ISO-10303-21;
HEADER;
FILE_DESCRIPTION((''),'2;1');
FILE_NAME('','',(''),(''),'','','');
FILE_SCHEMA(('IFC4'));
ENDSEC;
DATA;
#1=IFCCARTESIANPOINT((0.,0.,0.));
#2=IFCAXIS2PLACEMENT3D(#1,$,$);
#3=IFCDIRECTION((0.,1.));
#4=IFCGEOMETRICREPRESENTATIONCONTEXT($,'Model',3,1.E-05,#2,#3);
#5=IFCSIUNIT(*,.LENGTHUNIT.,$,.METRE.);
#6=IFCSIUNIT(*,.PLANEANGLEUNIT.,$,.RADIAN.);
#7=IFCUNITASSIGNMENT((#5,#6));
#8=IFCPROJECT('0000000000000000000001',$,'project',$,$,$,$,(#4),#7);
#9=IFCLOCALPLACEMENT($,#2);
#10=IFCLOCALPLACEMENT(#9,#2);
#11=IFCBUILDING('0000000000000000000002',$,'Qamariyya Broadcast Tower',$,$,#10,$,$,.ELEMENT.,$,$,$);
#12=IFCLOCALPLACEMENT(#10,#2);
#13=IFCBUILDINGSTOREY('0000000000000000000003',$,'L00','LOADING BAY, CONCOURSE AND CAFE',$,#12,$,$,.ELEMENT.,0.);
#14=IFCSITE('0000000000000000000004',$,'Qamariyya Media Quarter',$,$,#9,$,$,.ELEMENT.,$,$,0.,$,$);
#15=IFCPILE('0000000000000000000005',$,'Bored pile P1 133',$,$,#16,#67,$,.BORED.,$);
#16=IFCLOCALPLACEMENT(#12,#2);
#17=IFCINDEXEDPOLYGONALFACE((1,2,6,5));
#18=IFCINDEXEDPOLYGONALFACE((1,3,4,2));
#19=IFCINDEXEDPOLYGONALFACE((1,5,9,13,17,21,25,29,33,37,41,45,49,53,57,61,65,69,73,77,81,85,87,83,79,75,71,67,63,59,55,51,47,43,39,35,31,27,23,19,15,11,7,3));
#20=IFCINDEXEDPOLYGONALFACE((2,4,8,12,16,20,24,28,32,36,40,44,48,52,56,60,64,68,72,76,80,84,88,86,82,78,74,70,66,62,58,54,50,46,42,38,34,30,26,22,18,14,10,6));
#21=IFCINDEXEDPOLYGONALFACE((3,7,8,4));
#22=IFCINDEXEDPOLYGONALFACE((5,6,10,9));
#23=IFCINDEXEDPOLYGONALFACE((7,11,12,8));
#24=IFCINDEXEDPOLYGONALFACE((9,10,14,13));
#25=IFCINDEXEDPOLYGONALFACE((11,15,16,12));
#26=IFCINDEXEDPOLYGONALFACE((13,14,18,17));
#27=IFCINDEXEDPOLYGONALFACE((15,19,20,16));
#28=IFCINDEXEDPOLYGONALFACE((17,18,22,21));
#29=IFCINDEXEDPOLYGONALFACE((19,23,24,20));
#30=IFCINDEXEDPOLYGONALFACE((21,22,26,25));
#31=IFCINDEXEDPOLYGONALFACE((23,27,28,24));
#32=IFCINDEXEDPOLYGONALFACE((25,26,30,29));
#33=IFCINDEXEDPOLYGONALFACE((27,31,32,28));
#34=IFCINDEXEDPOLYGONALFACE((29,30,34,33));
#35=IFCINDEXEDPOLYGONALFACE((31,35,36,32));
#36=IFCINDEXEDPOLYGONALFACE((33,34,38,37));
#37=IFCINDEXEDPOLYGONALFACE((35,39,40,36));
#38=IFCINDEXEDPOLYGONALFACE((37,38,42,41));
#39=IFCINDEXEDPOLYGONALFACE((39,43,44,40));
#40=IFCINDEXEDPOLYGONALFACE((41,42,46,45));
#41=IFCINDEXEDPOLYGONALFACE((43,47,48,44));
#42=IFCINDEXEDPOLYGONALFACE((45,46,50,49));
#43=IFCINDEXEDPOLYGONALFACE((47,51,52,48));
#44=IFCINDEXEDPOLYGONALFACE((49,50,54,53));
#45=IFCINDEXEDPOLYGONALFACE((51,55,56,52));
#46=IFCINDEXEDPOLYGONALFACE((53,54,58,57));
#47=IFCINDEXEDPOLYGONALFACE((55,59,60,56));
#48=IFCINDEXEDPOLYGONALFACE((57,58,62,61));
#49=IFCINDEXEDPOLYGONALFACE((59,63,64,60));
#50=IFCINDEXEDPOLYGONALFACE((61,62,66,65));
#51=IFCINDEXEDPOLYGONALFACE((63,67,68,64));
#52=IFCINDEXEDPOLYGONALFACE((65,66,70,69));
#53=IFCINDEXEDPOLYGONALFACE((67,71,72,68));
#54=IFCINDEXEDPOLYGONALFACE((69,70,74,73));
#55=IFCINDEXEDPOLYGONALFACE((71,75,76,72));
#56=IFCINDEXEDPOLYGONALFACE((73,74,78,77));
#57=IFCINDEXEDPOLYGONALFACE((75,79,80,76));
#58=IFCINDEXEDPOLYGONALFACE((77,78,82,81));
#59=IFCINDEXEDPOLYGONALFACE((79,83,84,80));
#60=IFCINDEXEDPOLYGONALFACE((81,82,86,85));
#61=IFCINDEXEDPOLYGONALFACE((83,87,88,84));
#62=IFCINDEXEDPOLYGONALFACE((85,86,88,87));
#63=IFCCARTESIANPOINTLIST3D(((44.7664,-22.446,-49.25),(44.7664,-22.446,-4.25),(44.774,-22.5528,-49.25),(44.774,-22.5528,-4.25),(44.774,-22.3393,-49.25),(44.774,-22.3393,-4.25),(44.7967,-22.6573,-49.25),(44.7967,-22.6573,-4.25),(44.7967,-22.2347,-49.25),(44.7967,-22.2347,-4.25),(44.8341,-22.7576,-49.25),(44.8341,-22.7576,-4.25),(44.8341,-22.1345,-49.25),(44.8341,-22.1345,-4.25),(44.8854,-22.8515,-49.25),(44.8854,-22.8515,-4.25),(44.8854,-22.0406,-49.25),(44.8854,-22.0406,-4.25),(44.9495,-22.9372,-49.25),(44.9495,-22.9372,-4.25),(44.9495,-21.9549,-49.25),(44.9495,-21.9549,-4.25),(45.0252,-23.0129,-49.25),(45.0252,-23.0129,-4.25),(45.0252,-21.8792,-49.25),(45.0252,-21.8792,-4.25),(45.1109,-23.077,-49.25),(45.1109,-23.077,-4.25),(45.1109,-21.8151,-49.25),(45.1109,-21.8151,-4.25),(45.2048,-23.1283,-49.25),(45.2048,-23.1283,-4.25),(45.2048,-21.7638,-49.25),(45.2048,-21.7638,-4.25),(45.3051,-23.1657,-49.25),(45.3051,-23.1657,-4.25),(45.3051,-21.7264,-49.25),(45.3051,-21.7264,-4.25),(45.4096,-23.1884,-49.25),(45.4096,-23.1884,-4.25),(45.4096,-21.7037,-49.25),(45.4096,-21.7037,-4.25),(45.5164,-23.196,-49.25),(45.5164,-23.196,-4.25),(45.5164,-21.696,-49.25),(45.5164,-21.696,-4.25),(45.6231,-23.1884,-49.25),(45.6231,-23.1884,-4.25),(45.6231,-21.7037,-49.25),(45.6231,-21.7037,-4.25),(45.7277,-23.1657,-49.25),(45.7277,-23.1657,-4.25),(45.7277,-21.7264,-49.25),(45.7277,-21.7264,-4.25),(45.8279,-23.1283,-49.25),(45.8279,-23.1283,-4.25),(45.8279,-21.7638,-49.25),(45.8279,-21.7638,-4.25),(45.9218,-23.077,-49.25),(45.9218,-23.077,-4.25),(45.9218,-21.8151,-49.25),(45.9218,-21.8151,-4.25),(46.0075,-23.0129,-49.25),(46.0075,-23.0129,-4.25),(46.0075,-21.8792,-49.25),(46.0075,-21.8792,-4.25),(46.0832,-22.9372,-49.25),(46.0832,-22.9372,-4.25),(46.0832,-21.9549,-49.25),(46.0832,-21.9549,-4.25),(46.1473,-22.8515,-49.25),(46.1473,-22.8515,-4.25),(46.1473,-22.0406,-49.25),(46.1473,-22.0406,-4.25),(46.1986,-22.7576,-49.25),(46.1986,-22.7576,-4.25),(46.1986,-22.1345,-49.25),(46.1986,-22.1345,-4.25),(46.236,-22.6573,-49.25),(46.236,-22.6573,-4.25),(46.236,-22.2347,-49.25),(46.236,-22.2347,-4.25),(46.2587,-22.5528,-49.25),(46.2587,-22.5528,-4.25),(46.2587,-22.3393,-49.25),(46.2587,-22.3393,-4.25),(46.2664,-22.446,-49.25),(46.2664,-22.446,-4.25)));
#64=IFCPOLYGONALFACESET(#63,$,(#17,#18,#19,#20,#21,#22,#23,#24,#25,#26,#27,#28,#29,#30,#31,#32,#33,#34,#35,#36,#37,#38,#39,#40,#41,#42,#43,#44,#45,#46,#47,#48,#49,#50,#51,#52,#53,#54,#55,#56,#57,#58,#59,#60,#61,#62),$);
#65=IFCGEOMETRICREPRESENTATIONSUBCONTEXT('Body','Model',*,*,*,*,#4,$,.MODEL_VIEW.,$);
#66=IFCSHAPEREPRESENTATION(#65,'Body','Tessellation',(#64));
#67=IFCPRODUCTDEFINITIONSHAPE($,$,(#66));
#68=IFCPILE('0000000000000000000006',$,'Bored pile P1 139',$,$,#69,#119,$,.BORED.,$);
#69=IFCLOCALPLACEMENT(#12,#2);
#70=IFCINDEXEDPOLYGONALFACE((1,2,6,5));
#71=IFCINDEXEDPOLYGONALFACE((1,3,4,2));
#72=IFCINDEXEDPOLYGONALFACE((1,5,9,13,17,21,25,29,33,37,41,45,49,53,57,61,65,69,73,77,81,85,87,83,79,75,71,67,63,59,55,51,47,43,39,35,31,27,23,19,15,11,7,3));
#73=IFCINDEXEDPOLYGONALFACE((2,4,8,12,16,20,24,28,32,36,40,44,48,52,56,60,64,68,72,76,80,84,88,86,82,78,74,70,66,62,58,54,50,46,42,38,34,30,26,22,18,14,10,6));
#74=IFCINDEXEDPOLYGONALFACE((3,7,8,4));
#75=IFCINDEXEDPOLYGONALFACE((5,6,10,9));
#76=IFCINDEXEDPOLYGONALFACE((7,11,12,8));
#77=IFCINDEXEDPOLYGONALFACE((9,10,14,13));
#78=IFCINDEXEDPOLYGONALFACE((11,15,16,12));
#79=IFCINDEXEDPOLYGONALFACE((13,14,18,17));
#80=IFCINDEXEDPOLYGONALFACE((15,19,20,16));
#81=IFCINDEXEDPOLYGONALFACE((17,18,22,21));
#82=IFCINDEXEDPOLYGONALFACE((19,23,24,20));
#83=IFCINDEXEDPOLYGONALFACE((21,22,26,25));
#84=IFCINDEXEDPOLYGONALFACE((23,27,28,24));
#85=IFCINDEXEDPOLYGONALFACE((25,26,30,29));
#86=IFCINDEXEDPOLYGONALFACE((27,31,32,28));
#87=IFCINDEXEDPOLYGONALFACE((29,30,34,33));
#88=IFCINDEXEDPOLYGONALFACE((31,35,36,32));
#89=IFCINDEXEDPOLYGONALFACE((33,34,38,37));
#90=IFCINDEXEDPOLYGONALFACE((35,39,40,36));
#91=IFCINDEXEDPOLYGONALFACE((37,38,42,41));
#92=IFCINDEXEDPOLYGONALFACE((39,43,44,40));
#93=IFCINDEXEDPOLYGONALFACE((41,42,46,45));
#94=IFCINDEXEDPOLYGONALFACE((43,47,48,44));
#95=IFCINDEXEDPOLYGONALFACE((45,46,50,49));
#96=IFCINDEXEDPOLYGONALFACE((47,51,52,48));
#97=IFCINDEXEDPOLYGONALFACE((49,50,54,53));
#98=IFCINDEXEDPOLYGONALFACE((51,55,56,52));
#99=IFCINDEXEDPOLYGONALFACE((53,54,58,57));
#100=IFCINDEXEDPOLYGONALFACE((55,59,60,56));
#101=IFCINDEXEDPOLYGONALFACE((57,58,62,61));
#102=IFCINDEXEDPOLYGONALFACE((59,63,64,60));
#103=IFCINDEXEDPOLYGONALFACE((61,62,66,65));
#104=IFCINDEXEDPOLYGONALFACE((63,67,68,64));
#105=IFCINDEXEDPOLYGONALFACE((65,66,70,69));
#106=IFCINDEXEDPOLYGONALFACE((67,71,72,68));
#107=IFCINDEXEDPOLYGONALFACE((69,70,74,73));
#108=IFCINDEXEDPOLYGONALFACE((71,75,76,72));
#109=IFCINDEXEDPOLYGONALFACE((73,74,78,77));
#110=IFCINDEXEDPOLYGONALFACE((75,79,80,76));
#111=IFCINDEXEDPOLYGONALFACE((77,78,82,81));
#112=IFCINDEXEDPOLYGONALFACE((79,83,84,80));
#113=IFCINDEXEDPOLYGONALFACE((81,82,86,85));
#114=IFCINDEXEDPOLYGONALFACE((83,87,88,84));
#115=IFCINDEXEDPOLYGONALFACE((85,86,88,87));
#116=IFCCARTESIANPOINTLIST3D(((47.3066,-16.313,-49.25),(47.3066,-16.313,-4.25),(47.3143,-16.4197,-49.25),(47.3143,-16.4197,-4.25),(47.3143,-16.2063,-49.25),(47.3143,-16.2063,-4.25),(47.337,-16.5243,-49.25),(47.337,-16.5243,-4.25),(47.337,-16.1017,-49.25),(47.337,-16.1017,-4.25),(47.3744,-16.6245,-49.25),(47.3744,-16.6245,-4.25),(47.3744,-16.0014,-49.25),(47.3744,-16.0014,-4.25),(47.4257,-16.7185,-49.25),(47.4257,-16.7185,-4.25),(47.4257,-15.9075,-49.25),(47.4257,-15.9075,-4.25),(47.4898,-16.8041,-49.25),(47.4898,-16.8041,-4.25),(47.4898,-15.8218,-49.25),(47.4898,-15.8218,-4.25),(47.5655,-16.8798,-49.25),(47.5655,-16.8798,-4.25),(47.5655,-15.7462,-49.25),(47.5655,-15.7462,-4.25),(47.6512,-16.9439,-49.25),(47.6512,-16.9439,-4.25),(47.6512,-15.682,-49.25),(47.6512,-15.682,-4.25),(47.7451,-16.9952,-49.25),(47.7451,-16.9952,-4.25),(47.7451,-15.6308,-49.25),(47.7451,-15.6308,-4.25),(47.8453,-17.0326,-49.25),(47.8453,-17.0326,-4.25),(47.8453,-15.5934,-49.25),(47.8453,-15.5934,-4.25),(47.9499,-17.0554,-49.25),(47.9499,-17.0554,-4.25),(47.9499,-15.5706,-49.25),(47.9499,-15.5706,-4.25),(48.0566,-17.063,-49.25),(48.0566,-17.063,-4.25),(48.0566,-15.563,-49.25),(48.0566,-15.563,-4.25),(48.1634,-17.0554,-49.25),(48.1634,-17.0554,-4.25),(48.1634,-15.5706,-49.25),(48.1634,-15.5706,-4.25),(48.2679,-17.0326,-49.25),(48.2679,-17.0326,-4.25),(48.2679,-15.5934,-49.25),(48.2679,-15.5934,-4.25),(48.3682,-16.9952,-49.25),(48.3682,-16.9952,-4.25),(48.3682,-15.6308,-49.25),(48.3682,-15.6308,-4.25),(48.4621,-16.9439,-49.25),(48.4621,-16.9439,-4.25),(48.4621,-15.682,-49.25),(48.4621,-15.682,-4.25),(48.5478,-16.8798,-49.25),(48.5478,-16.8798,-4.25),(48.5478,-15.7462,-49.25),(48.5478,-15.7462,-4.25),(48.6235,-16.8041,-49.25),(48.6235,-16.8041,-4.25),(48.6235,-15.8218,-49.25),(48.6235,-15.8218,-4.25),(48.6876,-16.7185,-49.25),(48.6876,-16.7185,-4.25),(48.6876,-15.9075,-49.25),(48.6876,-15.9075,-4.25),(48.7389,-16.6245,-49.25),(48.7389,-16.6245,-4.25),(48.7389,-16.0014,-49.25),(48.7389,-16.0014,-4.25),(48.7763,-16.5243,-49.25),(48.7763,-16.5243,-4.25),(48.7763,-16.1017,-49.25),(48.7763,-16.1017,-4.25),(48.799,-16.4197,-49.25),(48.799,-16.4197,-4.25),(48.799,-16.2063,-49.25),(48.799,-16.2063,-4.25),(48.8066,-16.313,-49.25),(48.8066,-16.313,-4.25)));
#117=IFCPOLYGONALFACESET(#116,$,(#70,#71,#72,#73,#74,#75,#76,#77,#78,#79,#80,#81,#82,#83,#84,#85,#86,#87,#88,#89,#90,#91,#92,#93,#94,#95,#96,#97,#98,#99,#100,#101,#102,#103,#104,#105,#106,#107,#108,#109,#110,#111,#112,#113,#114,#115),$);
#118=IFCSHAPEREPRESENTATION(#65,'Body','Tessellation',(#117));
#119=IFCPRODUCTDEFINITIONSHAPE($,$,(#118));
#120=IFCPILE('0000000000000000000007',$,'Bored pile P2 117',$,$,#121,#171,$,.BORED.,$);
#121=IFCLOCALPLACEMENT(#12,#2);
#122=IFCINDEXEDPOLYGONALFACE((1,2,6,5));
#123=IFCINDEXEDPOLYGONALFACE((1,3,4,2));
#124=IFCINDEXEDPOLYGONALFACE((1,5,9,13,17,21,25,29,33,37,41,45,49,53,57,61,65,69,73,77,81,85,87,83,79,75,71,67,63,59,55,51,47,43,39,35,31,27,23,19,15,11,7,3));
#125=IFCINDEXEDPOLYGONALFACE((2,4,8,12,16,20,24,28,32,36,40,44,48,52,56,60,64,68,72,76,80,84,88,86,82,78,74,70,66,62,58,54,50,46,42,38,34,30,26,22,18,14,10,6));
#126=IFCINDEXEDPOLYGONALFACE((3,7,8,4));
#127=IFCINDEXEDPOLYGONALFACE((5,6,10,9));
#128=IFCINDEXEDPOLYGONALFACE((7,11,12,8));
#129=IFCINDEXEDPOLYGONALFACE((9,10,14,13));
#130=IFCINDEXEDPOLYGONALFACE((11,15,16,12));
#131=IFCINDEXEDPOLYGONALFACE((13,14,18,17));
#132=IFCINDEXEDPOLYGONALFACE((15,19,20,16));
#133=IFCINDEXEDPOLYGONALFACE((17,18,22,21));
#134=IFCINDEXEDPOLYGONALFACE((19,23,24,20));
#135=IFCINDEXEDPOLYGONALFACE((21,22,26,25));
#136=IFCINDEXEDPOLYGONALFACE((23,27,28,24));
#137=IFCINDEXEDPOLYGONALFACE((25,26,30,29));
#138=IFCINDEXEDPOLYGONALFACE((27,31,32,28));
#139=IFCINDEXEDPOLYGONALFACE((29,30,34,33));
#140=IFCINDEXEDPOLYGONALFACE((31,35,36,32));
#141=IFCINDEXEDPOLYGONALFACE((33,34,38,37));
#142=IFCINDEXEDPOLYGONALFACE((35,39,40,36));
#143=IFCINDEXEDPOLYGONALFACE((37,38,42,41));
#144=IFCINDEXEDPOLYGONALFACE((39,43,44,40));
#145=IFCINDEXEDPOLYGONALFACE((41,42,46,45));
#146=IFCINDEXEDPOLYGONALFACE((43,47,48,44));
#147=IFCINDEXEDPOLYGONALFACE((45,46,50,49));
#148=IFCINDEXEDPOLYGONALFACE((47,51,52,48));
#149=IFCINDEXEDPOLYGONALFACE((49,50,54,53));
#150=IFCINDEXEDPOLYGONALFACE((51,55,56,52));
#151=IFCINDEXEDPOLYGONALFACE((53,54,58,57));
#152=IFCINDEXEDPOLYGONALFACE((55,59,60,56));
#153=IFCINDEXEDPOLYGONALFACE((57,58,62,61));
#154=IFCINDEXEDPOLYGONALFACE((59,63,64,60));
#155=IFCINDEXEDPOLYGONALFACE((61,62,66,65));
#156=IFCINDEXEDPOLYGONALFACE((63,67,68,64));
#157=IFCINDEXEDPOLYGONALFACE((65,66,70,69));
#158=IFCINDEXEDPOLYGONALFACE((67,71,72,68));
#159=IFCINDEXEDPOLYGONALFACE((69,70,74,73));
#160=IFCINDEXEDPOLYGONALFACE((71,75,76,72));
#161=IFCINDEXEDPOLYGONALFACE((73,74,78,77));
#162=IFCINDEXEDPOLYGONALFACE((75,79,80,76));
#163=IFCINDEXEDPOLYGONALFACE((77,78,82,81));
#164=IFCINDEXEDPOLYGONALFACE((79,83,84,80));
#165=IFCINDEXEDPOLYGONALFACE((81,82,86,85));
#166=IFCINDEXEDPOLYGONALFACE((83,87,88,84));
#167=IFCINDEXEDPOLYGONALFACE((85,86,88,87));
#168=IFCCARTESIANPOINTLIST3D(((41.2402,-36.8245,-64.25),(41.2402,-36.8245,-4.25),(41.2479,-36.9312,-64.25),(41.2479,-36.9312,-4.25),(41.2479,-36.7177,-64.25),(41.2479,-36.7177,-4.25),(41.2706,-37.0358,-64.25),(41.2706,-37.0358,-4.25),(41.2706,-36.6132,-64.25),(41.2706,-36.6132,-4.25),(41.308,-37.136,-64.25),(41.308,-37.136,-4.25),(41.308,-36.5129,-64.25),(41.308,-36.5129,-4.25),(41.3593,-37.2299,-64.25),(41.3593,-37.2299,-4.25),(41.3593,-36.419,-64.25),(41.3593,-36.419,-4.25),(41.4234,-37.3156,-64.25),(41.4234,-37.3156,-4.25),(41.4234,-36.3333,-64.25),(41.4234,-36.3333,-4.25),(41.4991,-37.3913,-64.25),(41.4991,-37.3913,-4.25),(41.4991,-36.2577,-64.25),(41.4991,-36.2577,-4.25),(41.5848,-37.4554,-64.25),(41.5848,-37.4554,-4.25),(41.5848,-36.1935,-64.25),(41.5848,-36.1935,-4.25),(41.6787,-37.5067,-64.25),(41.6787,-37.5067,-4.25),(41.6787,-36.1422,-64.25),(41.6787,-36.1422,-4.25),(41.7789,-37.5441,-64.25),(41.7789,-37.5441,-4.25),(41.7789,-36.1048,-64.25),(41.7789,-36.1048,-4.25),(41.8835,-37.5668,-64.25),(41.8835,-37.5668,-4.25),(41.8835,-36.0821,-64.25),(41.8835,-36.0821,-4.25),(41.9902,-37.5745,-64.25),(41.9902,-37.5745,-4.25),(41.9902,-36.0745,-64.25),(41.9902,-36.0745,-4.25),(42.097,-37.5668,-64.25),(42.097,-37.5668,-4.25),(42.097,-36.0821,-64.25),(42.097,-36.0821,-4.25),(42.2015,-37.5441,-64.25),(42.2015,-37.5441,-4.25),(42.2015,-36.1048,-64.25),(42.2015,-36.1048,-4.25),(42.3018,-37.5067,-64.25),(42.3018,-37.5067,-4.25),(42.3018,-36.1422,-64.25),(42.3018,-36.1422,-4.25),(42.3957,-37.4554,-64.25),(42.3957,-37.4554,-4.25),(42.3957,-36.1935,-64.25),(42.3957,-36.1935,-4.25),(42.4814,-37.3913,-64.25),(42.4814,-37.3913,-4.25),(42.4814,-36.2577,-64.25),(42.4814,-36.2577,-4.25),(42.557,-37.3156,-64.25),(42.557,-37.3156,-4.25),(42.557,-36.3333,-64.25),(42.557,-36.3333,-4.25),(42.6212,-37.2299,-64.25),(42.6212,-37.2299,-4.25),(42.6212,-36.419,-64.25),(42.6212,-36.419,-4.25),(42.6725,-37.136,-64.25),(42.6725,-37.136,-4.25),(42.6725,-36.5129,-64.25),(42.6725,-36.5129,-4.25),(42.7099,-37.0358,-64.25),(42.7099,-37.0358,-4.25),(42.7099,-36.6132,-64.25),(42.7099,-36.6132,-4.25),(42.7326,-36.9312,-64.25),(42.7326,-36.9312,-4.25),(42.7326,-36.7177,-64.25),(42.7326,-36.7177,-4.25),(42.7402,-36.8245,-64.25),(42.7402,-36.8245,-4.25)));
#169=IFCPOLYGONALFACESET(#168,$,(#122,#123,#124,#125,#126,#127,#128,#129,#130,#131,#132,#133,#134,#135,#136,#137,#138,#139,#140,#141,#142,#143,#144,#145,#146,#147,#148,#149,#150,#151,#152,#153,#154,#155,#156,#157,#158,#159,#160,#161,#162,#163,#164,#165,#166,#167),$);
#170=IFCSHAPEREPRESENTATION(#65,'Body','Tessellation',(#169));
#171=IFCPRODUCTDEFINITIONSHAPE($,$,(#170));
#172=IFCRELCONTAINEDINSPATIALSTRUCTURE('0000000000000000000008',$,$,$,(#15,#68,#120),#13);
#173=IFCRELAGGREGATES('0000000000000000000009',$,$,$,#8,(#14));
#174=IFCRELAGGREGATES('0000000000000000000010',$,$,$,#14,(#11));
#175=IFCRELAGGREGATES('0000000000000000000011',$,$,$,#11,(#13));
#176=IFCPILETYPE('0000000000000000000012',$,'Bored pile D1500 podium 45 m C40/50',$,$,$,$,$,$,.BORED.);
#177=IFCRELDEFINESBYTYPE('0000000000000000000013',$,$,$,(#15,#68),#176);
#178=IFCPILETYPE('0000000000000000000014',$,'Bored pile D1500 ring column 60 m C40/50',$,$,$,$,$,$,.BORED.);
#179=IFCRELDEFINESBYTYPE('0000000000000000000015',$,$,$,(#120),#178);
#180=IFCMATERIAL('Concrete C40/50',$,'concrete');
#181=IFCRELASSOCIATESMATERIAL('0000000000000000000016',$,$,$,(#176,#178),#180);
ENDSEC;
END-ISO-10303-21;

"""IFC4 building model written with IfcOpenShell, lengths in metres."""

from ifc_helpers import new_model, si_unit, direction, frame, origin, origin_2d, place, context, subcontext, project, spatial, circle, extrude, material, material_profile, profile_set, type_object, element, save


model = new_model("IFC4")

# Units and contexts
model_context = context("Model", 3, precision=1e-05, world=origin(), true_north=direction((0.0, 1.0)))
body_context = subcontext(model_context, "Body", "Model", "MODEL_VIEW")
ifc_project = project(units=[si_unit("LENGTHUNIT", "METRE"), si_unit("PLANEANGLEUNIT", "RADIAN")], contexts=[model_context])

# Site, building, storey
site_placement = place(None, origin())
site = spatial("IfcSite", under=ifc_project, at=site_placement, Name="Qamariyya Media Quarter", CompositionType="ELEMENT", RefElevation=0.0)
building_placement = place(site_placement, origin())
building = spatial("IfcBuilding", under=site, at=building_placement, Name="Qamariyya Broadcast Tower", CompositionType="ELEMENT")
storey_placement = place(building_placement, origin())
storey = spatial("IfcBuildingStorey", under=building, at=storey_placement, Name="L00", Description="LOADING BAY, CONCOURSE AND CAFE", CompositionType="ELEMENT", Elevation=0.0)

# Piles
ifc_material_1 = material(Name="Concrete C40/50", Category="concrete")
ifc_material_profile_1 = material_profile(ifc_material_1, circle(Radius=0.75, at=origin_2d()))
ifc_profile_set_1 = profile_set([ifc_material_profile_1], Name="Concrete C40/50")
pile_type_1 = type_object("IfcPileType", Name="Bored pile D1500 podium 45 m C40/50", PredefinedType="BORED", material=ifc_profile_set_1)
for number, where, z_axis, x_axis, name in (
    (1, (45.5164, -22.446, -4.25), (0.0, 0.0, -1.0), (1.0, 0.0, 0.0), "Bored pile P1 133"),
    (2, (48.0566, -16.313, -4.25), (0.0, 0.0, -1.0), (1.0, 0.0, 0.0), "Bored pile P1 139"),
):
    element("IfcPile", number, at=place(storey_placement, frame(where, z_axis=z_axis, x_axis=x_axis)), inside=storey, type_object=pile_type_1, Name=name, PredefinedType="BORED", context=body_context, shape_type="SweptSolid", body=[
        extrude(circle(Radius=0.75, at=origin_2d()), origin(), (0.0, 0.0, 1.0), 45.0),
    ])
ifc_material_profile_2 = material_profile(ifc_material_1, circle(Radius=0.75, at=origin_2d()))
ifc_profile_set_2 = profile_set([ifc_material_profile_2], Name="Concrete C40/50")
pile_type_2 = type_object("IfcPileType", Name="Bored pile D1500 ring column 60 m C40/50", PredefinedType="BORED", material=ifc_profile_set_2)
for number, where, z_axis, x_axis, name in (
    (3, (41.9902, -36.8245, -4.25), (0.0, 0.0, -1.0), (1.0, 0.0, 0.0), "Bored pile P2 117"),
):
    element("IfcPile", number, at=place(storey_placement, frame(where, z_axis=z_axis, x_axis=x_axis)), inside=storey, type_object=pile_type_2, Name=name, PredefinedType="BORED", context=body_context, shape_type="SweptSolid", body=[
        extrude(circle(Radius=0.75, at=origin_2d()), origin(), (0.0, 0.0, 1.0), 60.0),
    ])

save(model, "model.ifc")
